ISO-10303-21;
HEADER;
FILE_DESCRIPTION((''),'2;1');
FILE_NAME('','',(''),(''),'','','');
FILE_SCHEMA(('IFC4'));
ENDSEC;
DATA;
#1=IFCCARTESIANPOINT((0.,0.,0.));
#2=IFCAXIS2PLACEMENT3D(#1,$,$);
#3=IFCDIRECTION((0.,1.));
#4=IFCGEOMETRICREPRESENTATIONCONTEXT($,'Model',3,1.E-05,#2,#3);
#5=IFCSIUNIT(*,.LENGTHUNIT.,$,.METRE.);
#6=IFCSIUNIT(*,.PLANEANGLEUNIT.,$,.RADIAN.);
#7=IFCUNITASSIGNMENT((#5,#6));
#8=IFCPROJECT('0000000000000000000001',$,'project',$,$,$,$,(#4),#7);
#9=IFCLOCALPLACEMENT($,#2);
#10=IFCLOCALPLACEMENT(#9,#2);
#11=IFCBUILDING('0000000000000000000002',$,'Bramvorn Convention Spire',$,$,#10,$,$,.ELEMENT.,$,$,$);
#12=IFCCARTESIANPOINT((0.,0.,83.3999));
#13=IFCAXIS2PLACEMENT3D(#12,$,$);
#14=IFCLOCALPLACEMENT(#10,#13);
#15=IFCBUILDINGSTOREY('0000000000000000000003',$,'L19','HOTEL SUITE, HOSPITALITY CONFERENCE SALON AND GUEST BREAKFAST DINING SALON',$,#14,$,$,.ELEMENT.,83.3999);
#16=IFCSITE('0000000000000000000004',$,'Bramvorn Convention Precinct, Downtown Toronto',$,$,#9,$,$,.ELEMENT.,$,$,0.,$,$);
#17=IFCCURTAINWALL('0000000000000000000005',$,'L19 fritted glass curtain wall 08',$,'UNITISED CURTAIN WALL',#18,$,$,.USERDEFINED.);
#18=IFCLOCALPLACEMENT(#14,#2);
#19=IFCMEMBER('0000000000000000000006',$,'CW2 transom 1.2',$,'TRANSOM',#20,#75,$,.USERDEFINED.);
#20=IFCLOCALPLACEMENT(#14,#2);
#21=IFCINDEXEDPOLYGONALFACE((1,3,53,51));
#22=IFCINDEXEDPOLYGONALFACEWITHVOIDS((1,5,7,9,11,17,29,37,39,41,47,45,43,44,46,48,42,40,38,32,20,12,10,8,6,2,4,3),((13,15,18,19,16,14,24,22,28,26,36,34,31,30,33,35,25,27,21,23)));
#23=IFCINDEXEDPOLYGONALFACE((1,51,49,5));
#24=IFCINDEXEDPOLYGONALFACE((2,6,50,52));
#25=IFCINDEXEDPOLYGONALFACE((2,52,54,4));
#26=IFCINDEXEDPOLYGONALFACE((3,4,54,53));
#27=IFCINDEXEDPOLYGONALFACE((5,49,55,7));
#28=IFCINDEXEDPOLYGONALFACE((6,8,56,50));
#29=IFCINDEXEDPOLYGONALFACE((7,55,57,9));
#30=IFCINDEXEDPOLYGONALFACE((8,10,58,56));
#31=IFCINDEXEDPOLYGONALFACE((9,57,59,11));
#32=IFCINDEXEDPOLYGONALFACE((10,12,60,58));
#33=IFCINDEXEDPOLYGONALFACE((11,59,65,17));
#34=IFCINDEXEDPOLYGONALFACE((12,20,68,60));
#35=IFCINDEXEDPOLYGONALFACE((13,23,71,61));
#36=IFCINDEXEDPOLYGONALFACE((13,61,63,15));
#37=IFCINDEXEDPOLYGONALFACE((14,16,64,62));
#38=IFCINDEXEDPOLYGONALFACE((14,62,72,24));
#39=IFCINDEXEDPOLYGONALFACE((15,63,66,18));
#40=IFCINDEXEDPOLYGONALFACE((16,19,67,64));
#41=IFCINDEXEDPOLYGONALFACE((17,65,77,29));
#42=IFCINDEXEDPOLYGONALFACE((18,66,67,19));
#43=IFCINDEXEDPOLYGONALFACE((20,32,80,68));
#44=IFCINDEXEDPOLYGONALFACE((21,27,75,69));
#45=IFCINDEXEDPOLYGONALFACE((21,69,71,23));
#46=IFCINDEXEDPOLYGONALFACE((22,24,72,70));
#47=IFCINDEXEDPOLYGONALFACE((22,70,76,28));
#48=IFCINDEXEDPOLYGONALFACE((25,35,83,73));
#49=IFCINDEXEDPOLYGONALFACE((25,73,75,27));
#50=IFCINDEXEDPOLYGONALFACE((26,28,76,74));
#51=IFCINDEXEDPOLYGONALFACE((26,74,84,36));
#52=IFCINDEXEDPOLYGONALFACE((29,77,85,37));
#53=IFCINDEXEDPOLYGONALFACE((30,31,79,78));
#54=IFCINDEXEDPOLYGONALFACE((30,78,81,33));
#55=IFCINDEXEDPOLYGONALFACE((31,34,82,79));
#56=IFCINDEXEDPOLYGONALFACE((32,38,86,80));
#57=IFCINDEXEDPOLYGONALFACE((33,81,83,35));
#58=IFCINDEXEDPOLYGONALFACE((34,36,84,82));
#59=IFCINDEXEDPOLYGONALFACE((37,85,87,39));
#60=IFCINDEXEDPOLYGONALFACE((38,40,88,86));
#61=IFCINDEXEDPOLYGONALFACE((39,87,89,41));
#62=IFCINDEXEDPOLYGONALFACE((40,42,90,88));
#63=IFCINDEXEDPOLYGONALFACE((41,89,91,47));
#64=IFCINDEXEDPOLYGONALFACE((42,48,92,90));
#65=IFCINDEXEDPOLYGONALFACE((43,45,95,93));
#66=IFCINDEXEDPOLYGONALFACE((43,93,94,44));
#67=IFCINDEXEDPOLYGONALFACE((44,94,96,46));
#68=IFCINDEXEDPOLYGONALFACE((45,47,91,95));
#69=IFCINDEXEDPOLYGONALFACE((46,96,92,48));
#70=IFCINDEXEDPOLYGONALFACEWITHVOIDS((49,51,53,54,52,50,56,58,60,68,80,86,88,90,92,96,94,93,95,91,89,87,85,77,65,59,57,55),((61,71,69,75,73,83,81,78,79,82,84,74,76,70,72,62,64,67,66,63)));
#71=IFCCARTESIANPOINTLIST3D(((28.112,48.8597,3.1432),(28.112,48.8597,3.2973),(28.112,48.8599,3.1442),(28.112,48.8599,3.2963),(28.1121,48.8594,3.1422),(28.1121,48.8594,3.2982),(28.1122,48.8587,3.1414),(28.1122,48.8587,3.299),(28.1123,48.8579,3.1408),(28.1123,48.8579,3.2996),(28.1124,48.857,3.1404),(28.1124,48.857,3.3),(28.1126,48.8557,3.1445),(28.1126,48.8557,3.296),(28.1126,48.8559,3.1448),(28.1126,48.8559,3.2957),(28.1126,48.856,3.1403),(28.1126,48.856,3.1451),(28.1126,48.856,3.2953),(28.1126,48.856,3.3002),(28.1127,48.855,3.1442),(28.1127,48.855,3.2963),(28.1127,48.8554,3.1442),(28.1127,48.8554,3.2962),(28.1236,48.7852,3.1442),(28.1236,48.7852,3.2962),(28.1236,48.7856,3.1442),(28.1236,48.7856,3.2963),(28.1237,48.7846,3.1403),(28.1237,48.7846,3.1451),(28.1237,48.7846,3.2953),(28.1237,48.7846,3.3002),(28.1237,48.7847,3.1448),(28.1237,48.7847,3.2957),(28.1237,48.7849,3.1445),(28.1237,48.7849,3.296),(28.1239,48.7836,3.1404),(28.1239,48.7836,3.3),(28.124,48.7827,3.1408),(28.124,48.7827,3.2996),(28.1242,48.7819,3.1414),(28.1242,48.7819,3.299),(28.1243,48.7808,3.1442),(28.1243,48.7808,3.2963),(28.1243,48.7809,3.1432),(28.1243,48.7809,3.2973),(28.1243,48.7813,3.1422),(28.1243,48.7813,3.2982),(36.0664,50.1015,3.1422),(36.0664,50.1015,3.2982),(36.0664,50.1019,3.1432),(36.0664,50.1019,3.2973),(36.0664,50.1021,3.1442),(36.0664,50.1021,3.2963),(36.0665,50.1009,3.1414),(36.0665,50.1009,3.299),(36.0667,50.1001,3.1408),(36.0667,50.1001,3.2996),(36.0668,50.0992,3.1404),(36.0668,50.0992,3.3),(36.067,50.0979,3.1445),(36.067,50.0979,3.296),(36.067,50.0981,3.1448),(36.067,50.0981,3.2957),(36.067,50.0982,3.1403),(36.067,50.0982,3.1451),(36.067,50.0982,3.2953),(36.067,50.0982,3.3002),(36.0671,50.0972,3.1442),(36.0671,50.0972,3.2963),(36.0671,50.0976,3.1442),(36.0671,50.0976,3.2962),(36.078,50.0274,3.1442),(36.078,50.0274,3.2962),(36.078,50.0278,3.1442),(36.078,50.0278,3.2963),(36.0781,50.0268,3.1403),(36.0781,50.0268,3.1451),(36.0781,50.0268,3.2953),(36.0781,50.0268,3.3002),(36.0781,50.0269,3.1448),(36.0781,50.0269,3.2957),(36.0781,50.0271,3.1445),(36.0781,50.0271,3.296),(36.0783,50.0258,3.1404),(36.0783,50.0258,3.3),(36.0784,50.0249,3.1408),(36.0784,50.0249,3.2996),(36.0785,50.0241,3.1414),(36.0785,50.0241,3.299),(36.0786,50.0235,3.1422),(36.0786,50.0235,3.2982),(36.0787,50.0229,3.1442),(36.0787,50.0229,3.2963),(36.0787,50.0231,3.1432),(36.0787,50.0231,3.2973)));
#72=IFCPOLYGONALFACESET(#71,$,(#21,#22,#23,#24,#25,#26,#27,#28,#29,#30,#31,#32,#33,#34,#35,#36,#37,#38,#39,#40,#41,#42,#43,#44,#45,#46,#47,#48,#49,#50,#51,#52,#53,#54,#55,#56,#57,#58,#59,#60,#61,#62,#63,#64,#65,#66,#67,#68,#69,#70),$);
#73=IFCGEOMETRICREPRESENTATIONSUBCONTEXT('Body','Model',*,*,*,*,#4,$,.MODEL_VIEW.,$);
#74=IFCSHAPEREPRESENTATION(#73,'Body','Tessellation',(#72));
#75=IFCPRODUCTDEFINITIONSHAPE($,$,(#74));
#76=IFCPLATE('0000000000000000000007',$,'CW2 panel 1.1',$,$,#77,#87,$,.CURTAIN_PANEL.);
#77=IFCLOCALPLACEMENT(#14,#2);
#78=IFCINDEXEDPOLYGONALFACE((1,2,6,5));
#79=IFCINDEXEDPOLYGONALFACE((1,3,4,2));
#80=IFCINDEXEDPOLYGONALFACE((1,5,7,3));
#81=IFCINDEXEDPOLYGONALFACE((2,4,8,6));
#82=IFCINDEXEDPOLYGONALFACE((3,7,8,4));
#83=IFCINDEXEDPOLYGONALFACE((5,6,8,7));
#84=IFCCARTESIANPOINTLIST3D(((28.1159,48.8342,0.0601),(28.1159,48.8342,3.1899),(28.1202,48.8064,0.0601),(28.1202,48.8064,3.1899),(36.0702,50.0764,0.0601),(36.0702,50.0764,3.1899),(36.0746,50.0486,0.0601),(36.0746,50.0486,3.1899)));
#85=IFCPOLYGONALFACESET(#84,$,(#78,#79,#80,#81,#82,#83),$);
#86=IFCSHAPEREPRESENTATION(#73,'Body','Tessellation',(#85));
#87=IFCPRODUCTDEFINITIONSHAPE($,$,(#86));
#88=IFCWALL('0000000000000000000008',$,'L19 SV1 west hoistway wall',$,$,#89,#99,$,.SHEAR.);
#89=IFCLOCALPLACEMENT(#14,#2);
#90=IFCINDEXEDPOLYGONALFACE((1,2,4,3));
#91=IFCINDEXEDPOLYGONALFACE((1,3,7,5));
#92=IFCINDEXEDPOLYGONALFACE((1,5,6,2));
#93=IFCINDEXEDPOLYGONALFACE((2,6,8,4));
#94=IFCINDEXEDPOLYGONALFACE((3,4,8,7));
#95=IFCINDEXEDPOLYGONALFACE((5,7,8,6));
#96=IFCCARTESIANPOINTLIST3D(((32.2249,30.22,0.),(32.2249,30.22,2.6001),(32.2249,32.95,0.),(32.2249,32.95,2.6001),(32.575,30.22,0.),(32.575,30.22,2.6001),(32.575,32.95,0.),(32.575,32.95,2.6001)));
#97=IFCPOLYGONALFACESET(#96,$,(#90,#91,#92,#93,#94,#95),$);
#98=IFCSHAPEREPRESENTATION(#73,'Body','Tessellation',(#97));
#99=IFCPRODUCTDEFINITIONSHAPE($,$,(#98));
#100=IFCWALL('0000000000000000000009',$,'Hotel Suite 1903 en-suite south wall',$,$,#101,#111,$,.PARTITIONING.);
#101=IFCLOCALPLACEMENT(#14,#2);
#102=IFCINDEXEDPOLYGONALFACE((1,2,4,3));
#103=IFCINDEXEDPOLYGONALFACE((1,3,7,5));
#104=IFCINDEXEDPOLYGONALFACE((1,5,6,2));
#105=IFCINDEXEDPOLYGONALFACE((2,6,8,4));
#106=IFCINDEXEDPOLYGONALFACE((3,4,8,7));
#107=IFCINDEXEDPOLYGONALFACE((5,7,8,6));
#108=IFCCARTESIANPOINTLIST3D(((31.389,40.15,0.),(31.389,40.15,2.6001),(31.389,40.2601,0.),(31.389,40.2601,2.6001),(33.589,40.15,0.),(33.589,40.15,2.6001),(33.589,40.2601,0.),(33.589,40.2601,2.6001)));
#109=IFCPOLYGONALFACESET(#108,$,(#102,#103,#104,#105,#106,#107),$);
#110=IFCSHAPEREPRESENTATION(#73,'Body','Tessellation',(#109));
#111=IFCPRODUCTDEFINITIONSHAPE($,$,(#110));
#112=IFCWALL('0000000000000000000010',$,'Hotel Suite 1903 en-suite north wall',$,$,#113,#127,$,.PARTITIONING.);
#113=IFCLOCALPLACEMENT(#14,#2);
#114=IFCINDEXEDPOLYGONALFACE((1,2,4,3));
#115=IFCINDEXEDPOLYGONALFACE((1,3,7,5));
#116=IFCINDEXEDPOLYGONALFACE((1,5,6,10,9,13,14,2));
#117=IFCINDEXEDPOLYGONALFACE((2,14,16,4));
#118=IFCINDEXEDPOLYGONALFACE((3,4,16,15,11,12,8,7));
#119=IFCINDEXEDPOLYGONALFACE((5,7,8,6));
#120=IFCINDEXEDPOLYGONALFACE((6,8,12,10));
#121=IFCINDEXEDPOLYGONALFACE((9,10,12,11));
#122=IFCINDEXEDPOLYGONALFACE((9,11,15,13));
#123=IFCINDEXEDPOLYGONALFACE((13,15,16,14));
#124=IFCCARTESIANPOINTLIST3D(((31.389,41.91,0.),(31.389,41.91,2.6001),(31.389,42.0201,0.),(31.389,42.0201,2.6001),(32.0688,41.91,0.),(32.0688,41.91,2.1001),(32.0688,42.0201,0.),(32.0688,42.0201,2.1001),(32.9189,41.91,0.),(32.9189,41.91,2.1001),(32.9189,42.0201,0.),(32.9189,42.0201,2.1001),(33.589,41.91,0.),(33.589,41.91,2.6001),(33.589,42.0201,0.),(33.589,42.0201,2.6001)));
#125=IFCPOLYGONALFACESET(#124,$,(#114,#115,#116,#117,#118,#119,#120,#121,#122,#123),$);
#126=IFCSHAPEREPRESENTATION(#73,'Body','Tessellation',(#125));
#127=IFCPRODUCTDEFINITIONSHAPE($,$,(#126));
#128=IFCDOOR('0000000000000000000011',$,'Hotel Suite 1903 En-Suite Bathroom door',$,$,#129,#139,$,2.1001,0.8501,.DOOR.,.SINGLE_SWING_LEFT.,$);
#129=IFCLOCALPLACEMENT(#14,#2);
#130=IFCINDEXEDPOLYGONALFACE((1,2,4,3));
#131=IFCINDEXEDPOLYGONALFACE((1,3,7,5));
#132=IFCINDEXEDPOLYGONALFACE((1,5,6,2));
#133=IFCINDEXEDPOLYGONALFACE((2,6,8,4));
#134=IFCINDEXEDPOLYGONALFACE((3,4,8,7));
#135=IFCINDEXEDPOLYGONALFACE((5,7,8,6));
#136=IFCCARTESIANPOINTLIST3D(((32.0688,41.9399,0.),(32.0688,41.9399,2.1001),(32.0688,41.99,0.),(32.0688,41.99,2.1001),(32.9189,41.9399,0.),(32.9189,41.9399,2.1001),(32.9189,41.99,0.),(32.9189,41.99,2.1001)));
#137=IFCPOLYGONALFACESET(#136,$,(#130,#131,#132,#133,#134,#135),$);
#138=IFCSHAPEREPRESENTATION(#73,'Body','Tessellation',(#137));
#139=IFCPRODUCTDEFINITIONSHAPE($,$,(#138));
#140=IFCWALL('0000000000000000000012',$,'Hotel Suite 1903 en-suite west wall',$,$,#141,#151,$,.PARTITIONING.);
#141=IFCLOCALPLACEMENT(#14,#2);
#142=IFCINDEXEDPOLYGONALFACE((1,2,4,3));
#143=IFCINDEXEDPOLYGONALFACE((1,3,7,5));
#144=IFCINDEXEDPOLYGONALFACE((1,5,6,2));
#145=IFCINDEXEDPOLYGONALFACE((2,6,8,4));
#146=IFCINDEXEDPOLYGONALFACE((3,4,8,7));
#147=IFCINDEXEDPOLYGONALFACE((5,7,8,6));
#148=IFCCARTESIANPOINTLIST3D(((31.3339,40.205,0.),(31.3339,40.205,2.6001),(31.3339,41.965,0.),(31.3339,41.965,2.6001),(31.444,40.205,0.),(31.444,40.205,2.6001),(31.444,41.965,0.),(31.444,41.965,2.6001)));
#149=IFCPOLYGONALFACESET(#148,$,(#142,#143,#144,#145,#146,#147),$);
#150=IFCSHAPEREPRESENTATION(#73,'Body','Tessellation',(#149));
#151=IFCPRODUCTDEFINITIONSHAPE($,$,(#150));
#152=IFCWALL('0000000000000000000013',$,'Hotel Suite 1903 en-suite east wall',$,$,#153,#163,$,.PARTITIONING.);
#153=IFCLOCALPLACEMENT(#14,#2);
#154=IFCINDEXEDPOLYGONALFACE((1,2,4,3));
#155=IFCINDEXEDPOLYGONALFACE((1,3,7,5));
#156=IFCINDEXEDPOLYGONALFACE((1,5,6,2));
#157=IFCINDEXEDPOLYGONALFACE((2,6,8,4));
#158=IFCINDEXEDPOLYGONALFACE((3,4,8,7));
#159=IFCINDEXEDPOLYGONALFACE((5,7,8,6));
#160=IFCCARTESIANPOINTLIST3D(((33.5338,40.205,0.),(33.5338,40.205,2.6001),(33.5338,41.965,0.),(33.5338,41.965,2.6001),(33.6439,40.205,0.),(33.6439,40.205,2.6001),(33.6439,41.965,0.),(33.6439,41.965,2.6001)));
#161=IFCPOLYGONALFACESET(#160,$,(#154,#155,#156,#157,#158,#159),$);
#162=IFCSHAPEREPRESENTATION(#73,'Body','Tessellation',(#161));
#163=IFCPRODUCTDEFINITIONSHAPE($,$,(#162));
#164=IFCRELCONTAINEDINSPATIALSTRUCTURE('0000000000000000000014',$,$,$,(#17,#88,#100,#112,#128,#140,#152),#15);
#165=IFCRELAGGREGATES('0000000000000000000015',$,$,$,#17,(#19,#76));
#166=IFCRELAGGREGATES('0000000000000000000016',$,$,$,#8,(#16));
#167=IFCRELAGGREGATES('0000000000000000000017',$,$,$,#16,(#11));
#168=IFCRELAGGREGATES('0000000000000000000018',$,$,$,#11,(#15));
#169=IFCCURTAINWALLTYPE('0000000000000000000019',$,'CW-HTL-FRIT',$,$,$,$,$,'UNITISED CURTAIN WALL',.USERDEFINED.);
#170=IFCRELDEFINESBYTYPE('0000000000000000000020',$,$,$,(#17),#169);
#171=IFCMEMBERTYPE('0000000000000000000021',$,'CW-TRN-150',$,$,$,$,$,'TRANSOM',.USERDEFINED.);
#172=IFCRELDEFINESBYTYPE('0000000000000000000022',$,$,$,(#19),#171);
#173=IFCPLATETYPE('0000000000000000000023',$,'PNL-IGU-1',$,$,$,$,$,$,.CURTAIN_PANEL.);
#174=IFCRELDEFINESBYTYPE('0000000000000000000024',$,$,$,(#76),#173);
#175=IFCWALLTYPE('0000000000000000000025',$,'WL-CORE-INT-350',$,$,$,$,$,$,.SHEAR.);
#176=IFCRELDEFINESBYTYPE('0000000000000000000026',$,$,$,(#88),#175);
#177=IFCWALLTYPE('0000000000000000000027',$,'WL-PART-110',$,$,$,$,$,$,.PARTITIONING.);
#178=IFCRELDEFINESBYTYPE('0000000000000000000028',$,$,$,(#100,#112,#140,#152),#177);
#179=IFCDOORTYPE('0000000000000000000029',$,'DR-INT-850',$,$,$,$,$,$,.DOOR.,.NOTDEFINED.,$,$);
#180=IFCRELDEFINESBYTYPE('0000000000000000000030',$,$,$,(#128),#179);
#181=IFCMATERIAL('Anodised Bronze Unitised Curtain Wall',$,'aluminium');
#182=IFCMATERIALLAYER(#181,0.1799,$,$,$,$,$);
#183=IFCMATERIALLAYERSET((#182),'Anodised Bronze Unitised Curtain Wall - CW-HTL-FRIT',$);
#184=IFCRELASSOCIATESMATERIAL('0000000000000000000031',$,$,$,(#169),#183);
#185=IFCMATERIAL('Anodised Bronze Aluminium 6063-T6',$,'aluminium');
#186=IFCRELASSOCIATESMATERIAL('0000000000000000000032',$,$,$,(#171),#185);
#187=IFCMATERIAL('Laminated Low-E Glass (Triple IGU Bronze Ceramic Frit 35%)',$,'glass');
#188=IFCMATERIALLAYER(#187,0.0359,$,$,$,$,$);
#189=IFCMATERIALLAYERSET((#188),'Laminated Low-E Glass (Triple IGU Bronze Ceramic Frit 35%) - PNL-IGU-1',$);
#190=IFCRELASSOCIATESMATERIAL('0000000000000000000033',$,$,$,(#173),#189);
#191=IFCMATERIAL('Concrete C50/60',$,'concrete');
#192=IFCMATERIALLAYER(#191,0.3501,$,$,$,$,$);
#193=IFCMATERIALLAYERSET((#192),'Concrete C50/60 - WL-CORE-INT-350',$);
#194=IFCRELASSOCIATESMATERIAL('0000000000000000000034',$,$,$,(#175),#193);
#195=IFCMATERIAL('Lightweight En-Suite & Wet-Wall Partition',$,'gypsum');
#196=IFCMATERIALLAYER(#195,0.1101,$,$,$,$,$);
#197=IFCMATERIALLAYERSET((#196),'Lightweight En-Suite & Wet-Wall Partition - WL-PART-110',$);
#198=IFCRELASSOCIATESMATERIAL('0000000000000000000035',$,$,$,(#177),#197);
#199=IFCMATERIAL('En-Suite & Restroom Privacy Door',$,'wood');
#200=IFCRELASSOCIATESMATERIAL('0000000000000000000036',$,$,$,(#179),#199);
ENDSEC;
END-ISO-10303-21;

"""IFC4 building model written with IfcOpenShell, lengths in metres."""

from ifc_helpers import new_model, si_unit, direction, frame, frame_2d, origin, origin_2d, place, context, subcontext, project, spatial, rectangle, hollow_rectangle, extrude, material, layer, layer_set, material_profile, profile_set, type_object, element, fill, aggregate, save


model = new_model("IFC4")

# Units and contexts
model_context = context("Model", 3, precision=1e-05, world=origin(), true_north=direction((0.0, 1.0)))
body_context = subcontext(model_context, "Body", "Model", "MODEL_VIEW")
ifc_project = project(units=[si_unit("LENGTHUNIT", "METRE"), si_unit("PLANEANGLEUNIT", "RADIAN")], contexts=[model_context])

# Site, building, storey
site_placement = place(None, origin())
site = spatial("IfcSite", under=ifc_project, at=site_placement, Name="Bramvorn Convention Precinct, Downtown Toronto", CompositionType="ELEMENT", RefElevation=0.0)
building_placement = place(site_placement, origin())
building = spatial("IfcBuilding", under=site, at=building_placement, Name="Bramvorn Convention Spire", CompositionType="ELEMENT")
storey_placement = place(building_placement, frame((0.0, 0.0, 83.3999)))
storey = spatial("IfcBuildingStorey", under=building, at=storey_placement, Name="L19", Description="HOTEL SUITE, HOSPITALITY CONFERENCE SALON AND GUEST BREAKFAST DINING SALON", CompositionType="ELEMENT", Elevation=83.3999)

# Curtain wall, member, plate
ifc_material_1 = material(Name="Anodised Bronze Unitised Curtain Wall", Category="aluminium")
ifc_layer_1 = layer(ifc_material_1, 0.1799)
ifc_layer_set_1 = layer_set([ifc_layer_1], Name="Anodised Bronze Unitised Curtain Wall - CW-HTL-FRIT")
curtain_wall_type = type_object("IfcCurtainWallType", Name="CW-HTL-FRIT", ElementType="UNITISED CURTAIN WALL", PredefinedType="USERDEFINED", material=ifc_layer_set_1)
curtain_wall_placement = place(storey_placement, origin())
curtain_wall = element("IfcCurtainWall", 1, at=curtain_wall_placement, inside=storey, type_object=curtain_wall_type, Name="L19 fritted glass curtain wall 08", ObjectType="UNITISED CURTAIN WALL", PredefinedType="USERDEFINED")
ifc_material_2 = material(Name="Anodised Bronze Aluminium 6063-T6", Category="aluminium")
ifc_material_profile_1 = material_profile(ifc_material_2, hollow_rectangle(XDim=0.0801, YDim=0.1599, WallThickness=0.0039, InnerFilletRadius=0.001, OuterFilletRadius=0.0039, at=origin_2d()))
ifc_profile_set_1 = profile_set([ifc_material_profile_1], Name="Anodised Bronze Aluminium 6063-T6 - CWT80X160")
member_type_1 = type_object("IfcMemberType", Name="CW-TRN-150", ElementType="TRANSOM", PredefinedType="USERDEFINED", material=ifc_profile_set_1)
member_1_placement = place(storey_placement, frame((28.1182, 48.8203, 3.2202), z_axis=(0.988025, 0.154295, 0.0), x_axis=(-0.154295, 0.988025, 0.0)))
member_1 = element("IfcMember", 2, at=member_1_placement, type_object=member_type_1, Name="CW2 transom 1.2", ObjectType="TRANSOM", PredefinedType="USERDEFINED", context=body_context, shape_type="SweptSolid", body=[
    extrude(hollow_rectangle(XDim=0.0801, YDim=0.1599, WallThickness=0.0039, InnerFilletRadius=0.001, OuterFilletRadius=0.0039, at=origin_2d()), origin(), (0.0, 0.0, 1.0), 8.0508),
])
ifc_material_3 = material(Name="Laminated Low-E Glass (Triple IGU Bronze Ceramic Frit 35%)", Category="glass")
ifc_layer_2 = layer(ifc_material_3, 0.0359)
ifc_layer_set_2 = layer_set([ifc_layer_2], Name="Laminated Low-E Glass (Triple IGU Bronze Ceramic Frit 35%) - PNL-IGU-1")
plate_type = type_object("IfcPlateType", Name="PNL-IGU-1", PredefinedType="CURTAIN_PANEL", material=ifc_layer_set_2)
plate_placement = place(storey_placement, frame((32.0952, 49.4414, 0.0601), z_axis=(0.0, 0.0, 1.0), x_axis=(0.988025, 0.154293, 0.0)))
plate = element("IfcPlate", 3, at=plate_placement, type_object=plate_type, Name="CW2 panel 1.1", PredefinedType="CURTAIN_PANEL", context=body_context, shape_type="SweptSolid", body=[
    extrude(rectangle(XDim=8.0508, YDim=0.0281, at=origin_2d()), origin(), (0.0, 0.0, 1.0), 3.1299),
])
aggregate(curtain_wall, [member_1, plate])

# Shared definitions
ifc_material_4 = material(Name="Concrete C50/60", Category="concrete")
ifc_layer_3 = layer(ifc_material_4, 0.3501)
ifc_layer_set_3 = layer_set([ifc_layer_3], Name="Concrete C50/60 - WL-CORE-INT-350")
wall_type_1 = type_object("IfcWallType", Name="WL-CORE-INT-350", PredefinedType="SHEAR", material=ifc_layer_set_3)

# Walls
wall_1_placement = place(storey_placement, frame((32.3999, 30.22, 0.0), z_axis=(0.0, 0.0, 1.0), x_axis=(0.0, 1.0, 0.0)))
element("IfcWall", 4, at=wall_1_placement, inside=storey, type_object=wall_type_1, Name="L19 SV1 west hoistway wall", PredefinedType="SHEAR", context=body_context, shape_type="SweptSolid", body=[
    extrude(rectangle(XDim=2.73, YDim=0.3501, at=frame_2d((1.365, 0.0))), origin(), (0.0, 0.0, 1.0), 2.6001),
])
ifc_material_5 = material(Name="Lightweight En-Suite & Wet-Wall Partition", Category="gypsum")
ifc_layer_4 = layer(ifc_material_5, 0.1101)
ifc_layer_set_4 = layer_set([ifc_layer_4], Name="Lightweight En-Suite & Wet-Wall Partition - WL-PART-110")
wall_type_2 = type_object("IfcWallType", Name="WL-PART-110", PredefinedType="PARTITIONING", material=ifc_layer_set_4)
wall_2_placement = place(storey_placement, frame((31.3889, 40.2051, 0.0), z_axis=(0.0, 0.0, 1.0), x_axis=(1.0, 0.0, 0.0)))
element("IfcWall", 5, at=wall_2_placement, inside=storey, type_object=wall_type_2, Name="Hotel Suite 1903 en-suite south wall", PredefinedType="PARTITIONING", context=body_context, shape_type="SweptSolid", body=[
    extrude(rectangle(XDim=2.2, YDim=0.1101, at=frame_2d((1.1001, 0.0))), origin(), (0.0, 0.0, 1.0), 2.6001),
])

# Wall, opening, door
wall_3_placement = place(storey_placement, frame((31.3889, 41.9651, 0.0), z_axis=(0.0, 0.0, 1.0), x_axis=(1.0, 0.0, 0.0)))
wall_3 = element("IfcWall", 6, at=wall_3_placement, inside=storey, type_object=wall_type_2, Name="Hotel Suite 1903 en-suite north wall", PredefinedType="PARTITIONING", context=body_context, shape_type="SweptSolid", body=[
    extrude(rectangle(XDim=2.2, YDim=0.1101, at=frame_2d((1.1001, 0.0))), origin(), (0.0, 0.0, 1.0), 2.6001),
])
opening_1_placement = place(wall_3_placement, frame((0.6799, 0.0, 0.0)))
opening_1 = element("IfcOpeningElement", 7, at=opening_1_placement, cuts=wall_3, PredefinedType="OPENING", context=body_context, shape_type="SweptSolid", body=[
    extrude(rectangle(XDim=0.8501, YDim=2.1001, at=frame_2d((0.425, 1.05))), frame((0.0, 0.0649, 0.0), z_axis=(0.0, -1.0, 0.0), x_axis=(1.0, 0.0, 0.0)), (0.0, 0.0, 1.0), 0.1301),
])
ifc_material_6 = material(Name="En-Suite & Restroom Privacy Door", Category="wood")
door_type_1 = type_object("IfcDoorType", Name="DR-INT-850", OperationType="NOTDEFINED", PredefinedType="DOOR", material=ifc_material_6)
door_1_placement = place(opening_1_placement, origin())
door_1 = element("IfcDoor", 8, at=door_1_placement, inside=storey, type_object=door_type_1, Name="Hotel Suite 1903 En-Suite Bathroom door", OperationType="SINGLE_SWING_LEFT", OverallHeight=2.1001, OverallWidth=0.8501, PredefinedType="DOOR", context=body_context, shape_type="SweptSolid", body=[
    extrude(rectangle(XDim=0.8501, YDim=2.1001, at=frame_2d((0.425, 1.05))), frame((0.0, 0.0249, 0.0), z_axis=(0.0, -1.0, 0.0), x_axis=(1.0, 0.0, 0.0)), (0.0, 0.0, 1.0), 0.05),
])
fill(opening_1, door_1)

# Walls
for number, where, z_axis, x_axis, name in (
    (9, (31.3889, 40.2051, 0.0), (0.0, 0.0, 1.0), (0.0, 1.0, 0.0), "Hotel Suite 1903 en-suite west wall"),
    (10, (33.5889, 40.2051, 0.0), (0.0, 0.0, 1.0), (0.0, 1.0, 0.0), "Hotel Suite 1903 en-suite east wall"),
):
    element("IfcWall", number, at=place(storey_placement, frame(where, z_axis=z_axis, x_axis=x_axis)), inside=storey, type_object=wall_type_2, Name=name, PredefinedType="PARTITIONING", context=body_context, shape_type="SweptSolid", body=[
        extrude(rectangle(XDim=1.76, YDim=0.1101, at=frame_2d((0.8799, 0.0))), origin(), (0.0, 0.0, 1.0), 2.6001),
    ])

save(model, "model.ifc")
